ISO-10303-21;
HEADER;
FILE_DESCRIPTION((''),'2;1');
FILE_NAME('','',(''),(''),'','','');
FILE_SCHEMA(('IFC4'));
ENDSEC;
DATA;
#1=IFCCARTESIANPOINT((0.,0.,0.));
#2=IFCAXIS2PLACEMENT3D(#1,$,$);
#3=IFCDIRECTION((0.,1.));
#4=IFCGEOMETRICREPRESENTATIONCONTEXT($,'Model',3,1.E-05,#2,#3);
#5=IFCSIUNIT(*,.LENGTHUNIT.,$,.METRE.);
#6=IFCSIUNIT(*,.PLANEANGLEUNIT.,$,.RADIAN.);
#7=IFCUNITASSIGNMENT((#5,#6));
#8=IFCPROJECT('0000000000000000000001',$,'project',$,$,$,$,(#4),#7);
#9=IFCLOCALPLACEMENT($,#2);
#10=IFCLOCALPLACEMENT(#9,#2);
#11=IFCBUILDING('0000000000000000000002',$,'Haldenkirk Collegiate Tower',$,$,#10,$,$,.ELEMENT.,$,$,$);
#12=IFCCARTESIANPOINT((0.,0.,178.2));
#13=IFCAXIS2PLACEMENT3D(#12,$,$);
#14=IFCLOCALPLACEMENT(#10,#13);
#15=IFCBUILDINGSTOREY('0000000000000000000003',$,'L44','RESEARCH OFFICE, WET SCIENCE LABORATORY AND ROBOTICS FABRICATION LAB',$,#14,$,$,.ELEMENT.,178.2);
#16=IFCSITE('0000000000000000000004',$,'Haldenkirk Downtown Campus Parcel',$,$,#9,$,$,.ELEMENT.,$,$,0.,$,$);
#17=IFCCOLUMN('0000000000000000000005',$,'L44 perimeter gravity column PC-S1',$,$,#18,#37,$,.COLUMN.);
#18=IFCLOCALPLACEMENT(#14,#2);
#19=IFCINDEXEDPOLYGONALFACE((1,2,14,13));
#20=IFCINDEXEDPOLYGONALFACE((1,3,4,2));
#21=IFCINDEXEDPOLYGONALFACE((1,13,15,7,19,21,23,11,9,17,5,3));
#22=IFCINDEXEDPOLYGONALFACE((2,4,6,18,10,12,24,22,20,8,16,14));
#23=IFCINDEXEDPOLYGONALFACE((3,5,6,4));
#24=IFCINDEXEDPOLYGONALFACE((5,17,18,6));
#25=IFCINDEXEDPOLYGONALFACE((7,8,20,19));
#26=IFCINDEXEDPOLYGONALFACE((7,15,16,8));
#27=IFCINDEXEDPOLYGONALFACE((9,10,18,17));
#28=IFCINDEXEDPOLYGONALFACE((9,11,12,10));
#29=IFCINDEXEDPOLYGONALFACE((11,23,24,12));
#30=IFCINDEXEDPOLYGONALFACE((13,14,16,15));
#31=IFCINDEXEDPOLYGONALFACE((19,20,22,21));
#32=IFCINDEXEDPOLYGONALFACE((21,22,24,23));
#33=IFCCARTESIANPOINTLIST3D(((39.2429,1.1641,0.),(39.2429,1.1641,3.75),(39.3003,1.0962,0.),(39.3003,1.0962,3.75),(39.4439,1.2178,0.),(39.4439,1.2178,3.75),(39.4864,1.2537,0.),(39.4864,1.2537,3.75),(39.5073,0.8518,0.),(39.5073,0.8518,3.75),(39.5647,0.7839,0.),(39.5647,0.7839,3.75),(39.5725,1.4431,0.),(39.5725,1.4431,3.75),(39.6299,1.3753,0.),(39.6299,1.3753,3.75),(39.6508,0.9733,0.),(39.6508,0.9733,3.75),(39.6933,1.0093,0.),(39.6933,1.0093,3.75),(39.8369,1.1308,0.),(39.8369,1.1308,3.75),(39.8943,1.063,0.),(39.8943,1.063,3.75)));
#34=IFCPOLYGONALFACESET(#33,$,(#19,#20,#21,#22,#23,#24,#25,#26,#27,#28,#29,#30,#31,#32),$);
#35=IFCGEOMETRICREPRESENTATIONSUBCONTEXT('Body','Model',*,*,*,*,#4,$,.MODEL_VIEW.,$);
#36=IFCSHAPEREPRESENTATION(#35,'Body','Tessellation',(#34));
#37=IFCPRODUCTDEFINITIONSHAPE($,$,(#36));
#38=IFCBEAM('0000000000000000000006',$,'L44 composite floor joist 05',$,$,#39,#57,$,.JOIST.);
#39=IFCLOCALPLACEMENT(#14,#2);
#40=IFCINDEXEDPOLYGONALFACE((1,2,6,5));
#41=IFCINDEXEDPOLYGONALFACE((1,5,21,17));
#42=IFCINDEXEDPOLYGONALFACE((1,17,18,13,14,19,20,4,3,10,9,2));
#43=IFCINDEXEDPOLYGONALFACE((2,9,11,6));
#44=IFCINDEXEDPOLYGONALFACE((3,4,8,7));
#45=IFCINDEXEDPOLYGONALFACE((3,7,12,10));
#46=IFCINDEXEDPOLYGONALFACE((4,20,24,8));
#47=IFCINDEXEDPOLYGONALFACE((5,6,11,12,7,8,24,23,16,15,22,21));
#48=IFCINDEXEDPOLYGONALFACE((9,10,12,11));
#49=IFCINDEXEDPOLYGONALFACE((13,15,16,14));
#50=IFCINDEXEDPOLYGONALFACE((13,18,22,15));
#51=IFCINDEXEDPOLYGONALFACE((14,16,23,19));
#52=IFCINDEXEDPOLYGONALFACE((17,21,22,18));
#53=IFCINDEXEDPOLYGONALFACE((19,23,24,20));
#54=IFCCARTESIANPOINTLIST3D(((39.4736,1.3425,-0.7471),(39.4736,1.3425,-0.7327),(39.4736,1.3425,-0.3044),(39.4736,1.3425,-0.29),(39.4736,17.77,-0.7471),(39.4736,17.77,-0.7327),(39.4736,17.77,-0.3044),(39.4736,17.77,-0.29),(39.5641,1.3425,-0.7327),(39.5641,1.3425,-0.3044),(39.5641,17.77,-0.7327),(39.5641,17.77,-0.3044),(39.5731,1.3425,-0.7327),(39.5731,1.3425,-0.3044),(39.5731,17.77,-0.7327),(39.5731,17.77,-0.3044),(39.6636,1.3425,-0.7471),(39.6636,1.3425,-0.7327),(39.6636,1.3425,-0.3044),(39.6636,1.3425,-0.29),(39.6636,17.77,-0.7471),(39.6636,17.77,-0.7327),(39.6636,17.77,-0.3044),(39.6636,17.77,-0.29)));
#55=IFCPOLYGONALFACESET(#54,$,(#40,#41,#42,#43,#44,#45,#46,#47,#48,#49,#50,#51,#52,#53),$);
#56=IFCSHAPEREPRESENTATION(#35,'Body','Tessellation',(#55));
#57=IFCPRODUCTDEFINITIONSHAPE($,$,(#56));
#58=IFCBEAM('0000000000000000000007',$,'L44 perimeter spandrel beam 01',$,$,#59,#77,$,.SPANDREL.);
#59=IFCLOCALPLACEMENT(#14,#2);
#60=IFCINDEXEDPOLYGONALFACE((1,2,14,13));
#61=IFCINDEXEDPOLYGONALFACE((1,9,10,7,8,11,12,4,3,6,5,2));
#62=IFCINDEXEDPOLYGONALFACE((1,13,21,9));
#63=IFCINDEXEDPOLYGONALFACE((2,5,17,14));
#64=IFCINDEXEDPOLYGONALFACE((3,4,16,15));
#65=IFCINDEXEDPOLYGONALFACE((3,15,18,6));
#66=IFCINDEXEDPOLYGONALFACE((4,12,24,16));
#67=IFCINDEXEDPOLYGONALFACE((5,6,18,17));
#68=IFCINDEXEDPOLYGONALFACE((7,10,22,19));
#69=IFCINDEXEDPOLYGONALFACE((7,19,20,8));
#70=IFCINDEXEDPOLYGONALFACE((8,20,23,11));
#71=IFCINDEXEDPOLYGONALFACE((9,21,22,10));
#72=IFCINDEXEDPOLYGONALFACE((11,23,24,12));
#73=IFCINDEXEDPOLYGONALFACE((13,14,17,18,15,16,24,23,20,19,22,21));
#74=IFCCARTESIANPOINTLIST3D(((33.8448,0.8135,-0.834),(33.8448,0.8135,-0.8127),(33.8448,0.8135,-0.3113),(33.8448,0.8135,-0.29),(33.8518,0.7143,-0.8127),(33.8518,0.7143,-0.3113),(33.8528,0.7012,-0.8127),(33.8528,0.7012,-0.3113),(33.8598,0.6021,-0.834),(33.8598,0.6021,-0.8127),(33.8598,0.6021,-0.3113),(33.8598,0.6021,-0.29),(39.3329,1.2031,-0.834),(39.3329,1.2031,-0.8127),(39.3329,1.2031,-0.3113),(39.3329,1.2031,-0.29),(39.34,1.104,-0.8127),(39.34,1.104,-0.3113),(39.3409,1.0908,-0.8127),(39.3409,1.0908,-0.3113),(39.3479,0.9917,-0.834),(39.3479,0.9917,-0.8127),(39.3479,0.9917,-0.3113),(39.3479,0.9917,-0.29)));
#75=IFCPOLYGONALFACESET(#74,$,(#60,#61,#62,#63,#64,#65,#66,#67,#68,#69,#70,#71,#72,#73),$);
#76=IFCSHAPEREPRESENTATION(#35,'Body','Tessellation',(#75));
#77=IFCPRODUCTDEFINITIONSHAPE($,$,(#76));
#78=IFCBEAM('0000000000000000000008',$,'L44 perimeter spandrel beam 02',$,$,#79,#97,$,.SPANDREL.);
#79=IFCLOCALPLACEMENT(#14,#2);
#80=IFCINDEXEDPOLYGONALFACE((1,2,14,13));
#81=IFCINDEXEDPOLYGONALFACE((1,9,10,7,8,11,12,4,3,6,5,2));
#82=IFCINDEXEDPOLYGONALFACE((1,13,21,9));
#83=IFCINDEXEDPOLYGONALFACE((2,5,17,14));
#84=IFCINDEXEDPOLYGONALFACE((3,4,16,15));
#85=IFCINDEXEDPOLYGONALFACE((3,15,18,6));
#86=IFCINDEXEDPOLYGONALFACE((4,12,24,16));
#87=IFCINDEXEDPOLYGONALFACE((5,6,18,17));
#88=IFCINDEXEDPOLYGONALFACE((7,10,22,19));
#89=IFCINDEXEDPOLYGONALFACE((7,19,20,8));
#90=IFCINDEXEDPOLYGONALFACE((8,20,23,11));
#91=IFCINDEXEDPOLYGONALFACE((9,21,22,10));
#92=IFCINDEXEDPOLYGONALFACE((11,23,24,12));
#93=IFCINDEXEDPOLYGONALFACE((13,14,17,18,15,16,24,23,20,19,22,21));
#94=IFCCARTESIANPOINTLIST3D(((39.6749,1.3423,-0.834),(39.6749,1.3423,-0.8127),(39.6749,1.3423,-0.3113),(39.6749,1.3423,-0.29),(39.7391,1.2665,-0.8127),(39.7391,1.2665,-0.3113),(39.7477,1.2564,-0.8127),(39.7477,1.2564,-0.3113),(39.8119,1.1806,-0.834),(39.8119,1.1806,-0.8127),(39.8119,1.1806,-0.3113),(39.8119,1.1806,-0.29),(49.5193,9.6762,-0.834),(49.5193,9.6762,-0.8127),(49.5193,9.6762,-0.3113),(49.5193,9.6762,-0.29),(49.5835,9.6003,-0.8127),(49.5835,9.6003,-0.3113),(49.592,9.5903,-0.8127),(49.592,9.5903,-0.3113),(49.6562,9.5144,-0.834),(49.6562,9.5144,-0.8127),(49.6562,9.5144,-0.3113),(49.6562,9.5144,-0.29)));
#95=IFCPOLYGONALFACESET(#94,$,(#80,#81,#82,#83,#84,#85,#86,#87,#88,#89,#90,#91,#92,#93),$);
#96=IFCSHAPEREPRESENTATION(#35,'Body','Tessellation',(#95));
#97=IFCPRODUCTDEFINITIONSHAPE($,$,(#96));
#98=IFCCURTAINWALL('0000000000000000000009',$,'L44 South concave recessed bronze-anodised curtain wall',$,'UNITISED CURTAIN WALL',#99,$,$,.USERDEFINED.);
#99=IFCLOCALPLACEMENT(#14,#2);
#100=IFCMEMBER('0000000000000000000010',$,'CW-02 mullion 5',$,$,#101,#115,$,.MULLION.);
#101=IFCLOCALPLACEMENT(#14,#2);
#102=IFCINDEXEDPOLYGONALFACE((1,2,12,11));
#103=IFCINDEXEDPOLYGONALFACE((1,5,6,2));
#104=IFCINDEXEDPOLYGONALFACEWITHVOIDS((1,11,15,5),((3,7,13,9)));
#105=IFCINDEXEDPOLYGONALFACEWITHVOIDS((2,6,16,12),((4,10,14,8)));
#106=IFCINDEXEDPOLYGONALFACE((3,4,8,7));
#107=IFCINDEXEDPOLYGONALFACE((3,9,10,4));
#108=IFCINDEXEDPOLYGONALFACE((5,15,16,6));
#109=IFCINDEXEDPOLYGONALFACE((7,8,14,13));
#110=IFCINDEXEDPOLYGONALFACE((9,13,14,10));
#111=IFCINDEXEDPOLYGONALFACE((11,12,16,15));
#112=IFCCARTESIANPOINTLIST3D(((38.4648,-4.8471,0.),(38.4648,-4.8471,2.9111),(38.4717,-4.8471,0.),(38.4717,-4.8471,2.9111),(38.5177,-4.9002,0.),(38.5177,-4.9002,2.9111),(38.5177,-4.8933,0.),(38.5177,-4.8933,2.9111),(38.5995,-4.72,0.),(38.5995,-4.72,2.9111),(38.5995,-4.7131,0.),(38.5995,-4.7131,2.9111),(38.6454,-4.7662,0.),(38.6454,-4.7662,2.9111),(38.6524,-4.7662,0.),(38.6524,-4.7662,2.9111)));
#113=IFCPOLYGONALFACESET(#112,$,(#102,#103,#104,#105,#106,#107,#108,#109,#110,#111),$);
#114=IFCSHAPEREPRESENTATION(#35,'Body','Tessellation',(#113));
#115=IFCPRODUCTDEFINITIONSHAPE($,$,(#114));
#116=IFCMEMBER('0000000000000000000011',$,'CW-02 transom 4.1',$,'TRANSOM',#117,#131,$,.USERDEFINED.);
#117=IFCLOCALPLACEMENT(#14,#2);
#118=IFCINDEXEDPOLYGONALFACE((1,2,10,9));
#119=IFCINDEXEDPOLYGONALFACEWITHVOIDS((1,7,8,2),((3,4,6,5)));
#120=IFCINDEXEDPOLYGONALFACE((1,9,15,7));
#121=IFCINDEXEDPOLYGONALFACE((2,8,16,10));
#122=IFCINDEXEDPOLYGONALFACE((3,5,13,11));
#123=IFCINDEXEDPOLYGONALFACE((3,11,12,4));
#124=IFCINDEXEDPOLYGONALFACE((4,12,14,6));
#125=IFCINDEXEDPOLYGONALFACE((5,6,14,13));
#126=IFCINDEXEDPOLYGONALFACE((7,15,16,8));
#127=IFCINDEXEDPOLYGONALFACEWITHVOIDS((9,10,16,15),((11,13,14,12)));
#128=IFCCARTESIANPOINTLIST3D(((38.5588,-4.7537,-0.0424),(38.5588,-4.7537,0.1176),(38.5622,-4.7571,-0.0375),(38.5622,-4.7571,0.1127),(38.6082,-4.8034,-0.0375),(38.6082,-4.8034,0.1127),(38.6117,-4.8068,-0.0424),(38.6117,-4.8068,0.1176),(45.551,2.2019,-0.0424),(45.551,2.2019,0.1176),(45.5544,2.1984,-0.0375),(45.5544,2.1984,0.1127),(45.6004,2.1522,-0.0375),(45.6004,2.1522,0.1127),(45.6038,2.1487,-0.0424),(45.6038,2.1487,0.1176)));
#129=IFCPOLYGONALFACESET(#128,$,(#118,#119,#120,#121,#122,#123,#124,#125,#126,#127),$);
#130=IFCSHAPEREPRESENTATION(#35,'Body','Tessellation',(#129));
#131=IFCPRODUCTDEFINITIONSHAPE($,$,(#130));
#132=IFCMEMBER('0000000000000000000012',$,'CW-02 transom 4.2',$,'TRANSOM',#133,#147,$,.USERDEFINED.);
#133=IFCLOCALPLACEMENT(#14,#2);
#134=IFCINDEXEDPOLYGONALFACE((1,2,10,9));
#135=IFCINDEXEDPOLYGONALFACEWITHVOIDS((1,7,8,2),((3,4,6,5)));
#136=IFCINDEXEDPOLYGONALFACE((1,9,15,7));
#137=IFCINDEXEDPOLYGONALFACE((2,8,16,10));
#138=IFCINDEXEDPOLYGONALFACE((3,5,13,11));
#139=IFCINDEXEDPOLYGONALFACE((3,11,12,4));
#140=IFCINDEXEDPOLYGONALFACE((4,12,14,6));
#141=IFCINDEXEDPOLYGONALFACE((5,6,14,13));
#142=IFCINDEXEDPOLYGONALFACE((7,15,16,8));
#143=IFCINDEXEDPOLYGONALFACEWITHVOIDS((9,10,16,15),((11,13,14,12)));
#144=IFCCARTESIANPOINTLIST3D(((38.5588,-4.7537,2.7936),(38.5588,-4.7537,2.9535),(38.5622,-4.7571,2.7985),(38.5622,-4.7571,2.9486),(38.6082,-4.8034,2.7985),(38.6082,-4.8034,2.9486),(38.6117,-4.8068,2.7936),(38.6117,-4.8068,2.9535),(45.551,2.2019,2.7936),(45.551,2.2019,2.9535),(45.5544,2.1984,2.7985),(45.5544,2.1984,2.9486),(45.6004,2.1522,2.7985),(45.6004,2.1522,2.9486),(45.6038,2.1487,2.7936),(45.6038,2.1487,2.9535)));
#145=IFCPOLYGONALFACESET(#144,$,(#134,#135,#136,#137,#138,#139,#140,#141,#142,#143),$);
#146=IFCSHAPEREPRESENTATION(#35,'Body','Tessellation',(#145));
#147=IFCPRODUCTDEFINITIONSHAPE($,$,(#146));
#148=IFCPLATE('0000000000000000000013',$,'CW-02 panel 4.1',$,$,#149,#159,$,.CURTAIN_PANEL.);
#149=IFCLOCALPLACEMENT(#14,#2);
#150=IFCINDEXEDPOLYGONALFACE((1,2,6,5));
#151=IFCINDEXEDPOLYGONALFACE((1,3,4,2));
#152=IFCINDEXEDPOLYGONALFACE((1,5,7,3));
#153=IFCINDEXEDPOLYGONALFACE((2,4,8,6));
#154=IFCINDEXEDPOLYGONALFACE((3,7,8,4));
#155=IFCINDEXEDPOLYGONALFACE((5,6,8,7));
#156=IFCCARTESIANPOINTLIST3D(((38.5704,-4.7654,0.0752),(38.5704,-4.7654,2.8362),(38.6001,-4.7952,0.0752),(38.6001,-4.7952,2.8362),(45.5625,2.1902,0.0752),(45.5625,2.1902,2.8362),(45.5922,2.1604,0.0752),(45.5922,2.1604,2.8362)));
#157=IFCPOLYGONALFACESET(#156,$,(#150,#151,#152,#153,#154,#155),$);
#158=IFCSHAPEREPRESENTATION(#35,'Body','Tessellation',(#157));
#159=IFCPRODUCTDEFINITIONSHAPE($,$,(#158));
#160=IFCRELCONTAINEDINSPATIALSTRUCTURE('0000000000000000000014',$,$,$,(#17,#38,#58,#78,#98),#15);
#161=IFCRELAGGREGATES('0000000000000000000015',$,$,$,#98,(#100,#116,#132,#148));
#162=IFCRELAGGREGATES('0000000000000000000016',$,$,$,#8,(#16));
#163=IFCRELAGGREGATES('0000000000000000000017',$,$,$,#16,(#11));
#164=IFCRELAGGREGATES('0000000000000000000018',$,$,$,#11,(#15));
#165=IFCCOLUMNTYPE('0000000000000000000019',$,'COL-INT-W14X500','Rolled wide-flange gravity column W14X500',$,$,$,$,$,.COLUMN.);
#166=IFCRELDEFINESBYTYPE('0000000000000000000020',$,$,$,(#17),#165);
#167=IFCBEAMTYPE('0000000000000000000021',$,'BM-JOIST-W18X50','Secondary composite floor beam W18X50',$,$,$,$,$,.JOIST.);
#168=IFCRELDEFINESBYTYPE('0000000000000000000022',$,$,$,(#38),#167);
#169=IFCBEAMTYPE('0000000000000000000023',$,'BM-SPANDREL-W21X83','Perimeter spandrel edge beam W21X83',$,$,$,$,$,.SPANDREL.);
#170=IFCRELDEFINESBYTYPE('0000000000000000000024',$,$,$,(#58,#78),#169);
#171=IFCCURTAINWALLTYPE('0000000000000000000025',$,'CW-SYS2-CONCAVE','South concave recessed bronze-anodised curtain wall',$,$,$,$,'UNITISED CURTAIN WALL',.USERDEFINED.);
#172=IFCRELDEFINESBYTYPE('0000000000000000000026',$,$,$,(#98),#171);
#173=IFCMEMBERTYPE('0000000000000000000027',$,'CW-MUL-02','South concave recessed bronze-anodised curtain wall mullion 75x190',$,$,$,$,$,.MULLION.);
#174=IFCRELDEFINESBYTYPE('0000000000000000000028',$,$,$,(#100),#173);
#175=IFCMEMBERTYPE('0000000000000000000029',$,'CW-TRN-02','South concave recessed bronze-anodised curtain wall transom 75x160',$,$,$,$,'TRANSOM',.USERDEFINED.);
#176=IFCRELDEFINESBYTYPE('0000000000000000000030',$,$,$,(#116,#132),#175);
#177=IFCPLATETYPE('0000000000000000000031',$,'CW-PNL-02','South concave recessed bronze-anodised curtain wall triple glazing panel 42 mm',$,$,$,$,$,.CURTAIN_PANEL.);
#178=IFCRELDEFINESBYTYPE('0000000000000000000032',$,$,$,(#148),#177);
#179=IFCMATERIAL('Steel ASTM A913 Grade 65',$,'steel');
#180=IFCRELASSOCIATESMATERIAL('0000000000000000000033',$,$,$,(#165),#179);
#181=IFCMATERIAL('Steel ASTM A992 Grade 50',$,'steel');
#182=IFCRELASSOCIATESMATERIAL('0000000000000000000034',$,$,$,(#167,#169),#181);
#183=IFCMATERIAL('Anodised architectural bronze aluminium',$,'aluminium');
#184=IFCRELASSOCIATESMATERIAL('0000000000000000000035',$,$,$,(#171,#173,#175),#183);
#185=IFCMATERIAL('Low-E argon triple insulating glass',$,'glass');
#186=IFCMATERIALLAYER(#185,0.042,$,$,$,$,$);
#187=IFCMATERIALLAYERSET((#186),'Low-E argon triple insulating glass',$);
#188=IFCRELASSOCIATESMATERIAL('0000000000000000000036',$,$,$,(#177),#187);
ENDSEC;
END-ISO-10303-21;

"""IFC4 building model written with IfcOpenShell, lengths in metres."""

from ifc_helpers import new_model, si_unit, direction, frame, origin, origin_2d, place, context, subcontext, project, spatial, rectangle, hollow_rectangle, i_section, extrude, source, transform, mapped, material, layer, layer_set, material_profile, profile_set, type_object, element, aggregate, save


model = new_model("IFC4")

# Units and contexts
model_context = context("Model", 3, precision=1e-05, world=origin(), true_north=direction((0.0, 1.0)))
body_context = subcontext(model_context, "Body", "Model", "MODEL_VIEW")
ifc_project = project(units=[si_unit("LENGTHUNIT", "METRE"), si_unit("PLANEANGLEUNIT", "RADIAN")], contexts=[model_context])

# Site, building, storey
site_placement = place(None, origin())
site = spatial("IfcSite", under=ifc_project, at=site_placement, Name="Haldenkirk Downtown Campus Parcel", CompositionType="ELEMENT", RefElevation=0.0)
building_placement = place(site_placement, origin())
building = spatial("IfcBuilding", under=site, at=building_placement, Name="Haldenkirk Collegiate Tower", CompositionType="ELEMENT")
storey_placement = place(building_placement, frame((0.0, 0.0, 178.2)))
storey = spatial("IfcBuildingStorey", under=building, at=storey_placement, Name="L44", Description="RESEARCH OFFICE, WET SCIENCE LABORATORY AND ROBOTICS FABRICATION LAB", CompositionType="ELEMENT", Elevation=178.2)

# Column
ifc_material_1 = material(Name="Steel ASTM A913 Grade 65", Category="steel")
ifc_material_profile_1 = material_profile(ifc_material_1, i_section(OverallWidth=0.4319, OverallDepth=0.498, WebThickness=0.0557, FlangeThickness=0.0889, at=origin_2d()), Name="W14X500")
ifc_profile_set_1 = profile_set([ifc_material_profile_1], Name="Steel ASTM A913 Grade 65")
column_type = type_object("IfcColumnType", Name="COL-INT-W14X500", Description="Rolled wide-flange gravity column W14X500", PredefinedType="COLUMN", material=ifc_profile_set_1)
column_placement = place(storey_placement, frame((39.5686, 1.1135, 0.0), z_axis=(0.0, 0.0, 1.0), x_axis=(0.763232, 0.646124, 0.0)))
element("IfcColumn", 1, at=column_placement, inside=storey, type_object=column_type, Name="L44 perimeter gravity column PC-S1", PredefinedType="COLUMN", context=body_context, shape_type="SweptSolid", body=[
    extrude(i_section(OverallWidth=0.4319, OverallDepth=0.498, WebThickness=0.0557, FlangeThickness=0.0889, at=origin_2d()), origin(), (0.0, 0.0, 1.0), 3.75),
])

# Beams
ifc_material_2 = material(Name="Steel ASTM A992 Grade 50", Category="steel")
ifc_material_profile_2 = material_profile(ifc_material_2, i_section(OverallWidth=0.1899, OverallDepth=0.457, WebThickness=0.009, FlangeThickness=0.0144, at=origin_2d()), Name="W18X50")
ifc_profile_set_2 = profile_set([ifc_material_profile_2], Name="Steel ASTM A992 Grade 50")
beam_type_1 = type_object("IfcBeamType", Name="BM-JOIST-W18X50", Description="Secondary composite floor beam W18X50", PredefinedType="JOIST", material=ifc_profile_set_2)
beam_1_placement = place(storey_placement, frame((39.5686, 1.3425, -0.5186), z_axis=(0.0, 1.0, 0.0), x_axis=(-1.0, 0.0, 0.0)))
element("IfcBeam", 2, at=beam_1_placement, inside=storey, type_object=beam_type_1, Name="L44 composite floor joist 05", PredefinedType="JOIST", context=body_context, shape_type="SweptSolid", body=[
    extrude(i_section(OverallWidth=0.1899, OverallDepth=0.457, WebThickness=0.009, FlangeThickness=0.0144, at=origin_2d()), origin(), (0.0, 0.0, 1.0), 16.4275),
])
ifc_material_profile_3 = material_profile(ifc_material_2, i_section(OverallWidth=0.2119, OverallDepth=0.5439, WebThickness=0.0132, FlangeThickness=0.0212, at=origin_2d()), Name="W21X83")
ifc_profile_set_3 = profile_set([ifc_material_profile_3], Name="Steel ASTM A992 Grade 50")
beam_type_2 = type_object("IfcBeamType", Name="BM-SPANDREL-W21X83", Description="Perimeter spandrel edge beam W21X83", PredefinedType="SPANDREL", material=ifc_profile_set_3)
beam_2_placement = place(storey_placement, frame((33.8523, 0.7078, -0.562), z_axis=(0.997489, 0.070821, 0.0), x_axis=(-0.070821, 0.997489, 0.0)))
element("IfcBeam", 3, at=beam_2_placement, inside=storey, type_object=beam_type_2, Name="L44 perimeter spandrel beam 01", PredefinedType="SPANDREL", context=body_context, shape_type="SweptSolid", body=[
    extrude(i_section(OverallWidth=0.2119, OverallDepth=0.5439, WebThickness=0.0132, FlangeThickness=0.0212, at=origin_2d()), origin(), (0.0, 0.0, 1.0), 5.502),
])
beam_3_placement = place(storey_placement, frame((39.7434, 1.2615, -0.562), z_axis=(0.763233, 0.646123, 0.0), x_axis=(-0.646123, 0.763233, 0.0)))
element("IfcBeam", 4, at=beam_3_placement, inside=storey, type_object=beam_type_2, Name="L44 perimeter spandrel beam 02", PredefinedType="SPANDREL", context=body_context, shape_type="SweptSolid", body=[
    extrude(i_section(OverallWidth=0.2119, OverallDepth=0.5439, WebThickness=0.0132, FlangeThickness=0.0212, at=origin_2d()), origin(), (0.0, 0.0, 1.0), 12.8982),
])

# Curtain wall, members, plate
ifc_material_3 = material(Name="Anodised architectural bronze aluminium", Category="aluminium")
curtain_wall_type = type_object("IfcCurtainWallType", Name="CW-SYS2-CONCAVE", Description="South concave recessed bronze-anodised curtain wall", ElementType="UNITISED CURTAIN WALL", PredefinedType="USERDEFINED", material=ifc_material_3)
curtain_wall_placement = place(storey_placement, origin())
curtain_wall = element("IfcCurtainWall", 5, at=curtain_wall_placement, inside=storey, type_object=curtain_wall_type, Name="L44 South concave recessed bronze-anodised curtain wall", ObjectType="UNITISED CURTAIN WALL", PredefinedType="USERDEFINED")
ifc_material_profile_4 = material_profile(ifc_material_3, hollow_rectangle(XDim=0.075, YDim=0.1899, WallThickness=0.0049, at=origin_2d()), Name="CW-MUL-02")
ifc_profile_set_4 = profile_set([ifc_material_profile_4], Name="Anodised architectural bronze aluminium")
member_type_1 = type_object("IfcMemberType", Name="CW-MUL-02", Description="South concave recessed bronze-anodised curtain wall mullion 75x190", PredefinedType="MULLION", material=ifc_profile_set_4)
member_1_placement = place(storey_placement, frame((38.5586, -4.8066, 0.0), z_axis=(0.0, 0.0, 1.0), x_axis=(0.705255, -0.708954, 0.0)))
member_1 = element("IfcMember", 6, at=member_1_placement, type_object=member_type_1, Name="CW-02 mullion 5", PredefinedType="MULLION", context=body_context, shape_type="SweptSolid", body=[
    extrude(hollow_rectangle(XDim=0.075, YDim=0.1899, WallThickness=0.0049, at=origin_2d()), origin(), (0.0, 0.0, 1.0), 2.9111),
])
ifc_material_profile_5 = material_profile(ifc_material_3, hollow_rectangle(XDim=0.075, YDim=0.1599, WallThickness=0.0049, at=origin_2d()), Name="CW-TRN-02")
ifc_profile_set_5 = profile_set([ifc_material_profile_5], Name="Anodised architectural bronze aluminium")
member_type_2 = type_object("IfcMemberType", Name="CW-TRN-02", Description="South concave recessed bronze-anodised curtain wall transom 75x160", ElementType="TRANSOM", PredefinedType="USERDEFINED", material=ifc_profile_set_5)
member_2_placement = place(storey_placement, frame((45.5774, 2.1753, 0.0376), z_axis=(-0.708961, -0.705248, 0.0), x_axis=(0.705248, -0.708961, 0.0)))
member_2 = element("IfcMember", 7, at=member_2_placement, type_object=member_type_2, Name="CW-02 transom 4.1", ObjectType="TRANSOM", PredefinedType="USERDEFINED", context=body_context, shape_type="SweptSolid", body=[
    extrude(hollow_rectangle(XDim=0.075, YDim=0.1599, WallThickness=0.0049, at=origin_2d()), origin(), (0.0, 0.0, 1.0), 9.8625),
])
member_3_placement = place(storey_placement, frame((45.5774, 2.1753, 2.8735), z_axis=(-0.708961, -0.705248, 0.0), x_axis=(0.705248, -0.708961, 0.0)))
member_3 = element("IfcMember", 8, at=member_3_placement, type_object=member_type_2, Name="CW-02 transom 4.2", ObjectType="TRANSOM", PredefinedType="USERDEFINED", context=body_context, shape_type="SweptSolid", body=[
    extrude(hollow_rectangle(XDim=0.075, YDim=0.1599, WallThickness=0.0049, at=origin_2d()), origin(), (0.0, 0.0, 1.0), 9.8625),
])
ifc_material_4 = material(Name="Low-E argon triple insulating glass", Category="glass")
ifc_layer_1 = layer(ifc_material_4, 0.042)
ifc_layer_set_1 = layer_set([ifc_layer_1], Name="Low-E argon triple insulating glass")
plate_type = type_object("IfcPlateType", Name="CW-PNL-02", Description="South concave recessed bronze-anodised curtain wall triple glazing panel 42 mm", PredefinedType="CURTAIN_PANEL", material=ifc_layer_set_1)
shared_shape_1 = source(origin(), body_context, "Body", "SweptSolid", [
    extrude(rectangle(XDim=9.8625, YDim=0.042, at=origin_2d()), origin(), (0.0, 0.0, 1.0), 2.761),
])
plate_placement = place(storey_placement, frame((42.0813, -1.3025, 0.0752), z_axis=(0.0, 0.0, 1.0), x_axis=(-0.708954, -0.705255, 0.0)))
plate = element("IfcPlate", 9, at=plate_placement, type_object=plate_type, Name="CW-02 panel 4.1", PredefinedType="CURTAIN_PANEL", context=body_context, shape_type="MappedRepresentation", body=[
    mapped(shared_shape_1, transform((0.0, 0.0, 0.0), x_axis=(1.0, 0.0, 0.0), y_axis=(0.0, 1.0, 0.0), z_axis=(0.0, 0.0, 1.0), scale=1.0)),
])
aggregate(curtain_wall, [member_1, member_2, member_3, plate])

save(model, "model.ifc")
